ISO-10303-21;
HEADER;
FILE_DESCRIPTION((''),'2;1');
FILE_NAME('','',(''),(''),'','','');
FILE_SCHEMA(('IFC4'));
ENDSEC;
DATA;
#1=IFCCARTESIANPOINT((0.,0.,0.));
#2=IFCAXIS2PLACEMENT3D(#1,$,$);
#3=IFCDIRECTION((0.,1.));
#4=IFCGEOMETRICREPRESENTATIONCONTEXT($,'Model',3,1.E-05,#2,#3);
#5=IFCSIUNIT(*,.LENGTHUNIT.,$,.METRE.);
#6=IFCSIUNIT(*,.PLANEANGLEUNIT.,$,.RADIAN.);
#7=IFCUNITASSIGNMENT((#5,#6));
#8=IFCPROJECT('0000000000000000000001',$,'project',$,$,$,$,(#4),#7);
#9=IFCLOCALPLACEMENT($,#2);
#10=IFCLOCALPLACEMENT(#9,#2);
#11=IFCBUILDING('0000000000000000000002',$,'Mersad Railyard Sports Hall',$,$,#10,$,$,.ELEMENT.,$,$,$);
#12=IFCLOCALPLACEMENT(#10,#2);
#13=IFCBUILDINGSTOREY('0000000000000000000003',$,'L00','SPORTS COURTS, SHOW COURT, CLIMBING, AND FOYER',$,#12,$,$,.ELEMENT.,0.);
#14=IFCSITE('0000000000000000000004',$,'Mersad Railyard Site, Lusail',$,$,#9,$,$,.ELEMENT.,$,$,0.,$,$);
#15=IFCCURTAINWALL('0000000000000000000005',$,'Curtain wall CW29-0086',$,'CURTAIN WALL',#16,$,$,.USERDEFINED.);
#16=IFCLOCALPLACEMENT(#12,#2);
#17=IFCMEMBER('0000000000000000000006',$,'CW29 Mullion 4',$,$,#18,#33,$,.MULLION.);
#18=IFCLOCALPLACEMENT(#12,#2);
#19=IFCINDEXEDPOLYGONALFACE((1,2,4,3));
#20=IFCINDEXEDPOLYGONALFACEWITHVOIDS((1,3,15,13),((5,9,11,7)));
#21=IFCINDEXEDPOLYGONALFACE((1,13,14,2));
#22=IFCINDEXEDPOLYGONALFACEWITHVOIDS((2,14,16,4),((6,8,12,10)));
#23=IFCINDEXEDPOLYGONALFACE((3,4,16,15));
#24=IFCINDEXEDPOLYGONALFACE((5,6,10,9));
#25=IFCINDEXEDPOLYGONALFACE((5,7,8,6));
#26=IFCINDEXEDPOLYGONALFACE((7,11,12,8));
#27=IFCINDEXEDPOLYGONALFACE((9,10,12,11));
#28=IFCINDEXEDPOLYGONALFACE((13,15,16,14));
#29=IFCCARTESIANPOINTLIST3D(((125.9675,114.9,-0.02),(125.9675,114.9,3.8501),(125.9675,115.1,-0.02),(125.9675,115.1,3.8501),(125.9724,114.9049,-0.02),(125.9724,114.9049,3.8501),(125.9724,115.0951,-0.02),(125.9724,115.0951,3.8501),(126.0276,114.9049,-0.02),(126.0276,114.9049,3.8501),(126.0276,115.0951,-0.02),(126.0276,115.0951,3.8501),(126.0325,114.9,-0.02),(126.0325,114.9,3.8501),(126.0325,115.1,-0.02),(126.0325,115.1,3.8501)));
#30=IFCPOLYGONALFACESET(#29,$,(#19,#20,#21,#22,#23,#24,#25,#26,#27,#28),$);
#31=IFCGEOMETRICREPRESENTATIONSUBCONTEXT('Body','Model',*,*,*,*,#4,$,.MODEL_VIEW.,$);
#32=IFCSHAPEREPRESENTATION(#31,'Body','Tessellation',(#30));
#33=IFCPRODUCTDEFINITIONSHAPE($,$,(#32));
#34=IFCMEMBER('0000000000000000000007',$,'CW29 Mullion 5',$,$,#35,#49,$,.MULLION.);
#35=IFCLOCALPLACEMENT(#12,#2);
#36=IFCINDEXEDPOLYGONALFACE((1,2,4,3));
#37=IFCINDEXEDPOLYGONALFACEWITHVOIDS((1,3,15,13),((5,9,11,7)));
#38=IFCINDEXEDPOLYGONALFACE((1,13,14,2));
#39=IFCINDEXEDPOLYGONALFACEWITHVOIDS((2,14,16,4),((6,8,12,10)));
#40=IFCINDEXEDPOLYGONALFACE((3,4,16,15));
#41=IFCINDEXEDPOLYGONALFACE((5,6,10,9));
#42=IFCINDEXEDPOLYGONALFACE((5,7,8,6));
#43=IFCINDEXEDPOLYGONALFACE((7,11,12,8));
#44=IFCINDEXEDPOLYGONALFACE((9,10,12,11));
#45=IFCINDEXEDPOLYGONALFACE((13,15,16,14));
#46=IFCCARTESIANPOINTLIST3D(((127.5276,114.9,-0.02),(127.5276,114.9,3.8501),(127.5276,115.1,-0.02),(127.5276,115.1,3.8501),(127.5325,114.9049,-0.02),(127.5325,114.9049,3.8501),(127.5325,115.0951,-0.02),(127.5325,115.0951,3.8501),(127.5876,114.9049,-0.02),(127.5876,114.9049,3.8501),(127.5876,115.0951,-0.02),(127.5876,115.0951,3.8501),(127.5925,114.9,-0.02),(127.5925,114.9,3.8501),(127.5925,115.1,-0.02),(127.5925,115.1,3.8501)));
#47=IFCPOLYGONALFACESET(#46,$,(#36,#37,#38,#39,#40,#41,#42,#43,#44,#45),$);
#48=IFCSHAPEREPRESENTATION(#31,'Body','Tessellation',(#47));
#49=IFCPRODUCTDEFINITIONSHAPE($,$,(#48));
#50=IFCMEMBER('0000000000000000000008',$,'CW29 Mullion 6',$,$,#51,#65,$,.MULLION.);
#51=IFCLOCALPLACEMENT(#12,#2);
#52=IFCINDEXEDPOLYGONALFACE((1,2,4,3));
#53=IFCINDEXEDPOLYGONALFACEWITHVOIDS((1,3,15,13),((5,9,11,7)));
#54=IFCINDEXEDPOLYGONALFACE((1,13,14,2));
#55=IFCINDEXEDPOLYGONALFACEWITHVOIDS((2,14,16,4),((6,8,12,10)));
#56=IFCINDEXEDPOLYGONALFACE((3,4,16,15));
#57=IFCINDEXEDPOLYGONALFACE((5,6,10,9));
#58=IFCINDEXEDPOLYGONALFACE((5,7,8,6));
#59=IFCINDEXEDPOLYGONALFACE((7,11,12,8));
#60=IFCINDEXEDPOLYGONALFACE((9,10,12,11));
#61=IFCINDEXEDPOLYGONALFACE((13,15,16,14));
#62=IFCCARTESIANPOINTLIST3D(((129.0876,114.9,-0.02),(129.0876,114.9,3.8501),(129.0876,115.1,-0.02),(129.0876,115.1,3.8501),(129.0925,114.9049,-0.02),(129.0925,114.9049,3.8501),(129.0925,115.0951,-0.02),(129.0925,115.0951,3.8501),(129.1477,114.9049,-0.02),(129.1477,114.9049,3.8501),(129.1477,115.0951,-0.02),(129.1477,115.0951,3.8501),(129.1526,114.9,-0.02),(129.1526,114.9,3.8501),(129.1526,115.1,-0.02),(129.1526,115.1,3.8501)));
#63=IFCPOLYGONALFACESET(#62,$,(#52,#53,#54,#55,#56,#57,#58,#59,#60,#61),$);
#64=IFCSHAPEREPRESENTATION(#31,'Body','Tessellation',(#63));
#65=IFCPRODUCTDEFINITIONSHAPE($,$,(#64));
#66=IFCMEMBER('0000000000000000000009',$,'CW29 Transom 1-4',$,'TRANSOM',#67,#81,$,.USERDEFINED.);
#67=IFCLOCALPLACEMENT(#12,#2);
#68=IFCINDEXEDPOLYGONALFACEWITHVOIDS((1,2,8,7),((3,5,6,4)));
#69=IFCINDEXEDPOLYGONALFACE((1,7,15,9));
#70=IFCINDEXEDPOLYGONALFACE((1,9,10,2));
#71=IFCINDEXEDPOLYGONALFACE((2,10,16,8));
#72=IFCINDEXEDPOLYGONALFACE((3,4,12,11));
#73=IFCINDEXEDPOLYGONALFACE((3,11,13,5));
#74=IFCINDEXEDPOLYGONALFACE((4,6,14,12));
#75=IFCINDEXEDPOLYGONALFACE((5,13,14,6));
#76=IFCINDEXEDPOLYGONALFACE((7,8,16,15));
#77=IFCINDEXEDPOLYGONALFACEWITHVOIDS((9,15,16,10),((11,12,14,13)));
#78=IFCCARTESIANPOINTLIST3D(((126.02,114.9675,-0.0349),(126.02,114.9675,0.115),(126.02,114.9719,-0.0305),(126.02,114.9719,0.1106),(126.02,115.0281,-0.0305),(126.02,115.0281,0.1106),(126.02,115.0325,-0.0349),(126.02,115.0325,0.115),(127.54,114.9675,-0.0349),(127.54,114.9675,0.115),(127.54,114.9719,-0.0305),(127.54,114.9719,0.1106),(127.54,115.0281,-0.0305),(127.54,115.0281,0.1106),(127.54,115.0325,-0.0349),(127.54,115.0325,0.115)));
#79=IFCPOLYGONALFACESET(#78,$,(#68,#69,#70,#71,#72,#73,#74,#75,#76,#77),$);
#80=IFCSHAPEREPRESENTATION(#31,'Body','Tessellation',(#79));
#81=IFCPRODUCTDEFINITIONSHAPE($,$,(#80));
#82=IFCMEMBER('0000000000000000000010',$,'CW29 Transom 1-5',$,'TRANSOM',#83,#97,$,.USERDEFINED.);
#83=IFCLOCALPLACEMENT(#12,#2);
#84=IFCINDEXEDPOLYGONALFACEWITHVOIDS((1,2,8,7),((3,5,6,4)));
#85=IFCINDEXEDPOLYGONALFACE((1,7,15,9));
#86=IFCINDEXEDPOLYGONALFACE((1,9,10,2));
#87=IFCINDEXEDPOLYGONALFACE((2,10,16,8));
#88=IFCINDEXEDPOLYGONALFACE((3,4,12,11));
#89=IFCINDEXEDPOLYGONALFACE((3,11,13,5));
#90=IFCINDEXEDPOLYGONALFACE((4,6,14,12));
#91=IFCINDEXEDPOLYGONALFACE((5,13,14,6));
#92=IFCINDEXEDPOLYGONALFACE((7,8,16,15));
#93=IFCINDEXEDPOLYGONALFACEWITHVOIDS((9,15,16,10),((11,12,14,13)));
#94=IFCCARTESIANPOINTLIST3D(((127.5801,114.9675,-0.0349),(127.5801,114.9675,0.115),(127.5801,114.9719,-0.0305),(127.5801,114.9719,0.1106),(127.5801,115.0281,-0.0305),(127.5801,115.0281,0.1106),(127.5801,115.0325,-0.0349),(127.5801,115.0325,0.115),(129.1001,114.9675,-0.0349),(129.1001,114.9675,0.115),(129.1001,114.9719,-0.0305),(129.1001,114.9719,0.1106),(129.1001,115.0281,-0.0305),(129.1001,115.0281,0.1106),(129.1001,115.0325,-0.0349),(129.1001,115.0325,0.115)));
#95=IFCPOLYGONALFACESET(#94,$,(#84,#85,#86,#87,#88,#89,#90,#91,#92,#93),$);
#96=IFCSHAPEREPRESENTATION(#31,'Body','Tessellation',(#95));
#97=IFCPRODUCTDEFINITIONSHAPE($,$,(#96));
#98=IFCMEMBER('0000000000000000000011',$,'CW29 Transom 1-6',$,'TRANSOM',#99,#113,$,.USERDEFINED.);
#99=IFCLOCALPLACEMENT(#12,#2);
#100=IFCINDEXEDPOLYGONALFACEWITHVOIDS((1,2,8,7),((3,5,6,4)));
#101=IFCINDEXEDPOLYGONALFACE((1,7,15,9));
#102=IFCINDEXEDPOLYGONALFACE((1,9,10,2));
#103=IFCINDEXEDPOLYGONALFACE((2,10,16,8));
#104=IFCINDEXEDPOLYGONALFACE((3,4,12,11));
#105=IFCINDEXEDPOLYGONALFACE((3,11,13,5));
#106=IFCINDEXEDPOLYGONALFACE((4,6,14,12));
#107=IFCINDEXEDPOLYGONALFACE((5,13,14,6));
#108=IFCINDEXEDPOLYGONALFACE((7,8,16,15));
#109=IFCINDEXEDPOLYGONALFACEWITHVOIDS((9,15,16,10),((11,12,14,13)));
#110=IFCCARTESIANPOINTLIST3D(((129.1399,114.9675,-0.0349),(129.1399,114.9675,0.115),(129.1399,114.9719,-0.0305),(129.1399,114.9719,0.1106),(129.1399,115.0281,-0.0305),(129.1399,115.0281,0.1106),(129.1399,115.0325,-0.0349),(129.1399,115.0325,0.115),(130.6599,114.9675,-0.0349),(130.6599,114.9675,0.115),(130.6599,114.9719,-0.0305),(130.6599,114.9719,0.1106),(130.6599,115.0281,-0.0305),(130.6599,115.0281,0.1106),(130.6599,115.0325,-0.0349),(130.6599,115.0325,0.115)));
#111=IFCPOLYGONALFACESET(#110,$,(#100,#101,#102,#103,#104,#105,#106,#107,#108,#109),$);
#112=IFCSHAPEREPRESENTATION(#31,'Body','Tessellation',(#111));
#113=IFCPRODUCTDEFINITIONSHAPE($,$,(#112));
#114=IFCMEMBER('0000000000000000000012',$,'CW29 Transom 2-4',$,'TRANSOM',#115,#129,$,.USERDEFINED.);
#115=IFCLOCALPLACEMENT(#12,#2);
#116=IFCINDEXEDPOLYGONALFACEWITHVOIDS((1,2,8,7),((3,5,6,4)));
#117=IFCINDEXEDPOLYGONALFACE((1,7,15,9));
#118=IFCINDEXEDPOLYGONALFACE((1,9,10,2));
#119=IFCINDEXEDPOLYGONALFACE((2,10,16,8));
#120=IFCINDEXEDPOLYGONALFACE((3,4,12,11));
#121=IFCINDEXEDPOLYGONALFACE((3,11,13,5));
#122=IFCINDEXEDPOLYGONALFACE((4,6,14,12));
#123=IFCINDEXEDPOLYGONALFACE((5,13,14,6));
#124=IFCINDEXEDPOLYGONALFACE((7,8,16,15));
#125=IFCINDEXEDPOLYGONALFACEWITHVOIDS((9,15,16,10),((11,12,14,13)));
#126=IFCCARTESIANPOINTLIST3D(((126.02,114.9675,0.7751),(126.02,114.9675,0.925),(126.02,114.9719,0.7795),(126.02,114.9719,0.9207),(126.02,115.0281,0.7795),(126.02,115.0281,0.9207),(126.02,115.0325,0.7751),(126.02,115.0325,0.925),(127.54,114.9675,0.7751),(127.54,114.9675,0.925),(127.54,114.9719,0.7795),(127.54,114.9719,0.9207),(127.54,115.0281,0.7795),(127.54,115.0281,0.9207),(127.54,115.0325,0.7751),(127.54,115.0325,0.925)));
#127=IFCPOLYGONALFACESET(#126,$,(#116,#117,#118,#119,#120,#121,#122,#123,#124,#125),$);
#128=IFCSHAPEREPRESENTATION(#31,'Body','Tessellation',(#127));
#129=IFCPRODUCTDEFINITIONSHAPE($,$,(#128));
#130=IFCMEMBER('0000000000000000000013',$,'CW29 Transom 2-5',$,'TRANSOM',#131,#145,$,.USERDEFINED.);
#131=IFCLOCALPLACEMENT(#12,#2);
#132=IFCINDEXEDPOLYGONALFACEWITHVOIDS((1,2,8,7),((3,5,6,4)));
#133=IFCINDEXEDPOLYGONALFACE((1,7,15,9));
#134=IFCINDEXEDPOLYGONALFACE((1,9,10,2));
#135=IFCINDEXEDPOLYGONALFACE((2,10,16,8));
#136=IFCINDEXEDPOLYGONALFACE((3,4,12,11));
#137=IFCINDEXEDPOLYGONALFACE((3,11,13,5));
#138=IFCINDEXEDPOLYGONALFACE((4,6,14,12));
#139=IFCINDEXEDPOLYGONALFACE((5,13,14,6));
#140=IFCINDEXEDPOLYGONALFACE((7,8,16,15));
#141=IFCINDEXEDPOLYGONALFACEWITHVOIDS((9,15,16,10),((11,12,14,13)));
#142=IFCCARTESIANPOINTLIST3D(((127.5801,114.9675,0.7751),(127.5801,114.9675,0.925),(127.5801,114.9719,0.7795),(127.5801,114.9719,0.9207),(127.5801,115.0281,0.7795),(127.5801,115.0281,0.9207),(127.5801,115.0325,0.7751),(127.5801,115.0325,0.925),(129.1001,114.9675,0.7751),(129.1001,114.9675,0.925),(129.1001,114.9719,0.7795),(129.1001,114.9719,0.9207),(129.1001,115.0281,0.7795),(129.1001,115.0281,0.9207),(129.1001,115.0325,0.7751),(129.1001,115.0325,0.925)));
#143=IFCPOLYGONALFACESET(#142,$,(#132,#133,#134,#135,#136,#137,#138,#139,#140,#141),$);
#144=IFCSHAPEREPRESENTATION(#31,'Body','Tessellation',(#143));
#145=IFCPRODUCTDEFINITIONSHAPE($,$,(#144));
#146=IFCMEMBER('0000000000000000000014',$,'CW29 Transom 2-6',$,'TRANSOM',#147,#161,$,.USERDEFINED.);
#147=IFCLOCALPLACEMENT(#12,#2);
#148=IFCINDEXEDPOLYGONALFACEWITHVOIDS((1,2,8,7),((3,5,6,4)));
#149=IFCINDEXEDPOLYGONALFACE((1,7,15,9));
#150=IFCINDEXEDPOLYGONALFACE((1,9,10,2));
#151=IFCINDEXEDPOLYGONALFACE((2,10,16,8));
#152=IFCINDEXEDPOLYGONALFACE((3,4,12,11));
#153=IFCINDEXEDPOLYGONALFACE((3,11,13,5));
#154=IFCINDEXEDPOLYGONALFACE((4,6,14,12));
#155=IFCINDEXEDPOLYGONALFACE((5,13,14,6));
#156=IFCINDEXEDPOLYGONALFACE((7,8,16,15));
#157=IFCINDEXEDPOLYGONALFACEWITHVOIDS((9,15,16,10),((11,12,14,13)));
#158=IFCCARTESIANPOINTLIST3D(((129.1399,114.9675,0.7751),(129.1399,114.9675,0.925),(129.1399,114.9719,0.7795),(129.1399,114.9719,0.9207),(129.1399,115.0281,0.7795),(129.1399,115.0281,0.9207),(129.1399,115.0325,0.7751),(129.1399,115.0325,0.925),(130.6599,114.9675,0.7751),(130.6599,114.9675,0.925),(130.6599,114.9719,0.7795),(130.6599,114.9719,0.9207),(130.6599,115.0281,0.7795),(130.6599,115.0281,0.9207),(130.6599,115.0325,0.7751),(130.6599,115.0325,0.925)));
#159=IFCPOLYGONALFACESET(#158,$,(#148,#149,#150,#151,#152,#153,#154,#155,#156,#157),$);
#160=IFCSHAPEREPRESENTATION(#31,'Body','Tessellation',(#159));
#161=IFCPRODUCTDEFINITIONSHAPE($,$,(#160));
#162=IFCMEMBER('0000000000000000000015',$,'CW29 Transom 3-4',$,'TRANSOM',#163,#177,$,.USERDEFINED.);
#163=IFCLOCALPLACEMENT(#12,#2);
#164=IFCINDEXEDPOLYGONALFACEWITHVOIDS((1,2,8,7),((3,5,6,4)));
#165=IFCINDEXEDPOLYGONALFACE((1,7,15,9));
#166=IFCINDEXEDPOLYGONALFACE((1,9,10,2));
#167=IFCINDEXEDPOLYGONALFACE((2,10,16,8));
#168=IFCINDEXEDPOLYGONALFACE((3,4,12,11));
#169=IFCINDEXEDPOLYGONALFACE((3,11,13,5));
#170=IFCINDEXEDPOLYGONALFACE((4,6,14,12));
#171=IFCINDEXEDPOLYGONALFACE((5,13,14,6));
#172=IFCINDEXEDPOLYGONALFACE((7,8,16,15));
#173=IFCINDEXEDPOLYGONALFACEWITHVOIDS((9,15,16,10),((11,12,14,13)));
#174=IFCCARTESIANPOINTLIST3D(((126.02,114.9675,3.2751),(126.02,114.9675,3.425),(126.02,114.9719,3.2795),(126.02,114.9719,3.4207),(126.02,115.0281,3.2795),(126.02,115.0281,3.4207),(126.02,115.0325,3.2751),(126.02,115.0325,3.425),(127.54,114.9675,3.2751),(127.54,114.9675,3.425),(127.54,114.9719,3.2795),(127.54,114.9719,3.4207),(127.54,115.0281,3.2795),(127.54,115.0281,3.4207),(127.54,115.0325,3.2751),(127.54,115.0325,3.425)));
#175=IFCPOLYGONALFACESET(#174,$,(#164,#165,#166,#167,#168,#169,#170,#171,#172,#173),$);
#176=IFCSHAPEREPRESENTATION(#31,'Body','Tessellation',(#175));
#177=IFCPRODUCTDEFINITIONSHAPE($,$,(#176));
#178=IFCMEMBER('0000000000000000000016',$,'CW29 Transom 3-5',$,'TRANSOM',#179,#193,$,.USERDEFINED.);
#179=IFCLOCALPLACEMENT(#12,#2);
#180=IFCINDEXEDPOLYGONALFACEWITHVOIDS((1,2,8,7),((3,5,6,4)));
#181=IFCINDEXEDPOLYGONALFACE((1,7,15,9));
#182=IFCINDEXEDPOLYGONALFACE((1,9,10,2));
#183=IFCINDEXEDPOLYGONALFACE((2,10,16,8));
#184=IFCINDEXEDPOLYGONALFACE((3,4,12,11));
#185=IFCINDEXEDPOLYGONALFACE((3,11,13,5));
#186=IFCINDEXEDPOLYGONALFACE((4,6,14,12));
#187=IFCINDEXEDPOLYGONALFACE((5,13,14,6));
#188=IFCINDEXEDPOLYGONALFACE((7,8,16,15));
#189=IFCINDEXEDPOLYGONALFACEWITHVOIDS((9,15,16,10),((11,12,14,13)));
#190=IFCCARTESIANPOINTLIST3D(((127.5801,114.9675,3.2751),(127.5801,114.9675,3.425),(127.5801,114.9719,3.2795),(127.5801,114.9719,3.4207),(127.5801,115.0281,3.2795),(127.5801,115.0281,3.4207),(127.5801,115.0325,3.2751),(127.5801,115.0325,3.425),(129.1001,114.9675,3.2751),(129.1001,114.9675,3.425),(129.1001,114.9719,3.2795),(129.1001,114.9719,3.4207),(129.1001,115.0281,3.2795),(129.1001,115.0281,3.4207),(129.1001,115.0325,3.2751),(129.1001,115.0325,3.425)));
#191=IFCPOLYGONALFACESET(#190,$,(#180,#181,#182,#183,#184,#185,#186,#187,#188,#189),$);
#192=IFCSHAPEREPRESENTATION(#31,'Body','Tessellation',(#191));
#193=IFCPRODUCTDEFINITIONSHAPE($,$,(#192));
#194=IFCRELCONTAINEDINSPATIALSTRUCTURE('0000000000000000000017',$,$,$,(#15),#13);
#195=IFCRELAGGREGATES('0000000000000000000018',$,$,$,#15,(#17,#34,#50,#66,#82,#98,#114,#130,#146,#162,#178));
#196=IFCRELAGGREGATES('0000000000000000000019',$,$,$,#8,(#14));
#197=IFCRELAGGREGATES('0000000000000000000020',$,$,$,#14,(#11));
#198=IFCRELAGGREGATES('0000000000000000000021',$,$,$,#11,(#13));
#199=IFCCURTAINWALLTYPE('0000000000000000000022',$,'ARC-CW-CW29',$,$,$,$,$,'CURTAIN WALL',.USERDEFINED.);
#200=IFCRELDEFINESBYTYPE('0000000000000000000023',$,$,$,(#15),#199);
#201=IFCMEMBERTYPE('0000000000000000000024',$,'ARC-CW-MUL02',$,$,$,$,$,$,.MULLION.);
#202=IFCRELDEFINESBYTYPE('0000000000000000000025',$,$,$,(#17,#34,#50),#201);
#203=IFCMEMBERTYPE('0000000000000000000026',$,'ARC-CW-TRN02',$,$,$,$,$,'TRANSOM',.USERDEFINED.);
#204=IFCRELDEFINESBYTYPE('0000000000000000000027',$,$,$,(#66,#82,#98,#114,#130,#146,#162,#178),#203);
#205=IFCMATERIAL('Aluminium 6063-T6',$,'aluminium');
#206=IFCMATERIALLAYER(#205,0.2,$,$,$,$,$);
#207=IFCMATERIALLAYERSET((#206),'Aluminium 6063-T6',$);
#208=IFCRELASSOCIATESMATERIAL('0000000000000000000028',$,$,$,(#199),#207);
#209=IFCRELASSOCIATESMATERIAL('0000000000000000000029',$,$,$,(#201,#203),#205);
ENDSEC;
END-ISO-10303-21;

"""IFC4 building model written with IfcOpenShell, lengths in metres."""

from ifc_helpers import new_model, si_unit, direction, frame, origin, origin_2d, place, context, subcontext, project, spatial, hollow_rectangle, extrude, material, layer, layer_set, material_profile, profile_set, type_object, element, aggregate, save


model = new_model("IFC4")

# Units and contexts
model_context = context("Model", 3, precision=1e-05, world=origin(), true_north=direction((0.0, 1.0)))
body_context = subcontext(model_context, "Body", "Model", "MODEL_VIEW")
ifc_project = project(units=[si_unit("LENGTHUNIT", "METRE"), si_unit("PLANEANGLEUNIT", "RADIAN")], contexts=[model_context])

# Site, building, storey
site_placement = place(None, origin())
site = spatial("IfcSite", under=ifc_project, at=site_placement, Name="Mersad Railyard Site, Lusail", CompositionType="ELEMENT", RefElevation=0.0)
building_placement = place(site_placement, origin())
building = spatial("IfcBuilding", under=site, at=building_placement, Name="Mersad Railyard Sports Hall", CompositionType="ELEMENT")
storey_placement = place(building_placement, origin())
storey = spatial("IfcBuildingStorey", under=building, at=storey_placement, Name="L00", Description="SPORTS COURTS, SHOW COURT, CLIMBING, AND FOYER", CompositionType="ELEMENT", Elevation=0.0)

# Curtain wall, members
ifc_material_1 = material(Name="Aluminium 6063-T6", Category="aluminium")
ifc_layer_1 = layer(ifc_material_1, 0.2)
ifc_layer_set_1 = layer_set([ifc_layer_1], Name="Aluminium 6063-T6")
curtain_wall_type = type_object("IfcCurtainWallType", Name="ARC-CW-CW29", ElementType="CURTAIN WALL", PredefinedType="USERDEFINED", material=ifc_layer_set_1)
curtain_wall_placement = place(storey_placement, origin())
curtain_wall = element("IfcCurtainWall", 1, at=curtain_wall_placement, inside=storey, type_object=curtain_wall_type, Name="Curtain wall CW29-0086", ObjectType="CURTAIN WALL", PredefinedType="USERDEFINED")
ifc_material_profile_1 = material_profile(ifc_material_1, hollow_rectangle(XDim=0.0649, YDim=0.2, WallThickness=0.0049, at=origin_2d()), Name="AL MULLION 65x200x5")
ifc_profile_set_1 = profile_set([ifc_material_profile_1], Name="Aluminium 6063-T6")
member_type_1 = type_object("IfcMemberType", Name="ARC-CW-MUL02", PredefinedType="MULLION", material=ifc_profile_set_1)
member_1_placement = place(storey_placement, frame((126.0, 115.0, -0.02), z_axis=(0.0, 0.0, 1.0), x_axis=(1.0, 0.0, 0.0)))
member_1 = element("IfcMember", 2, at=member_1_placement, type_object=member_type_1, Name="CW29 Mullion 4", PredefinedType="MULLION", context=body_context, shape_type="SweptSolid", body=[
    extrude(hollow_rectangle(XDim=0.0649, YDim=0.2, WallThickness=0.0049, at=origin_2d()), origin(), (0.0, 0.0, 1.0), 3.8701),
])
member_2_placement = place(storey_placement, frame((127.5601, 115.0, -0.02), z_axis=(0.0, 0.0, 1.0), x_axis=(1.0, 0.0, 0.0)))
member_2 = element("IfcMember", 3, at=member_2_placement, type_object=member_type_1, Name="CW29 Mullion 5", PredefinedType="MULLION", context=body_context, shape_type="SweptSolid", body=[
    extrude(hollow_rectangle(XDim=0.0649, YDim=0.2, WallThickness=0.0049, at=origin_2d()), origin(), (0.0, 0.0, 1.0), 3.8701),
])
member_3_placement = place(storey_placement, frame((129.1201, 115.0, -0.02), z_axis=(0.0, 0.0, 1.0), x_axis=(1.0, 0.0, 0.0)))
member_3 = element("IfcMember", 4, at=member_3_placement, type_object=member_type_1, Name="CW29 Mullion 6", PredefinedType="MULLION", context=body_context, shape_type="SweptSolid", body=[
    extrude(hollow_rectangle(XDim=0.0649, YDim=0.2, WallThickness=0.0049, at=origin_2d()), origin(), (0.0, 0.0, 1.0), 3.8701),
])
ifc_material_profile_2 = material_profile(ifc_material_1, hollow_rectangle(XDim=0.0649, YDim=0.1499, WallThickness=0.0044, at=origin_2d()), Name="AL TRANSOM 65x150x4.5")
ifc_profile_set_2 = profile_set([ifc_material_profile_2], Name="Aluminium 6063-T6")
member_type_2 = type_object("IfcMemberType", Name="ARC-CW-TRN02", ElementType="TRANSOM", PredefinedType="USERDEFINED", material=ifc_profile_set_2)
member_4_placement = place(storey_placement, frame((126.02, 115.0, 0.04), z_axis=(1.0, 0.0, 0.0), x_axis=(0.0, 1.0, 0.0)))
member_4 = element("IfcMember", 5, at=member_4_placement, type_object=member_type_2, Name="CW29 Transom 1-4", ObjectType="TRANSOM", PredefinedType="USERDEFINED", context=body_context, shape_type="SweptSolid", body=[
    extrude(hollow_rectangle(XDim=0.0649, YDim=0.1499, WallThickness=0.0044, at=origin_2d()), origin(), (0.0, 0.0, 1.0), 1.52),
])
member_5_placement = place(storey_placement, frame((127.5801, 115.0, 0.04), z_axis=(1.0, 0.0, 0.0), x_axis=(0.0, 1.0, 0.0)))
member_5 = element("IfcMember", 6, at=member_5_placement, type_object=member_type_2, Name="CW29 Transom 1-5", ObjectType="TRANSOM", PredefinedType="USERDEFINED", context=body_context, shape_type="SweptSolid", body=[
    extrude(hollow_rectangle(XDim=0.0649, YDim=0.1499, WallThickness=0.0044, at=origin_2d()), origin(), (0.0, 0.0, 1.0), 1.52),
])
member_6_placement = place(storey_placement, frame((129.1399, 115.0, 0.04), z_axis=(1.0, 0.0, 0.0), x_axis=(0.0, 1.0, 0.0)))
member_6 = element("IfcMember", 7, at=member_6_placement, type_object=member_type_2, Name="CW29 Transom 1-6", ObjectType="TRANSOM", PredefinedType="USERDEFINED", context=body_context, shape_type="SweptSolid", body=[
    extrude(hollow_rectangle(XDim=0.0649, YDim=0.1499, WallThickness=0.0044, at=origin_2d()), origin(), (0.0, 0.0, 1.0), 1.52),
])
member_7_placement = place(storey_placement, frame((126.02, 115.0, 0.8501), z_axis=(1.0, 0.0, 0.0), x_axis=(0.0, 1.0, 0.0)))
member_7 = element("IfcMember", 8, at=member_7_placement, type_object=member_type_2, Name="CW29 Transom 2-4", ObjectType="TRANSOM", PredefinedType="USERDEFINED", context=body_context, shape_type="SweptSolid", body=[
    extrude(hollow_rectangle(XDim=0.0649, YDim=0.1499, WallThickness=0.0044, at=origin_2d()), origin(), (0.0, 0.0, 1.0), 1.52),
])
member_8_placement = place(storey_placement, frame((127.5801, 115.0, 0.8501), z_axis=(1.0, 0.0, 0.0), x_axis=(0.0, 1.0, 0.0)))
member_8 = element("IfcMember", 9, at=member_8_placement, type_object=member_type_2, Name="CW29 Transom 2-5", ObjectType="TRANSOM", PredefinedType="USERDEFINED", context=body_context, shape_type="SweptSolid", body=[
    extrude(hollow_rectangle(XDim=0.0649, YDim=0.1499, WallThickness=0.0044, at=origin_2d()), origin(), (0.0, 0.0, 1.0), 1.52),
])
member_9_placement = place(storey_placement, frame((129.1399, 115.0, 0.8501), z_axis=(1.0, 0.0, 0.0), x_axis=(0.0, 1.0, 0.0)))
member_9 = element("IfcMember", 10, at=member_9_placement, type_object=member_type_2, Name="CW29 Transom 2-6", ObjectType="TRANSOM", PredefinedType="USERDEFINED", context=body_context, shape_type="SweptSolid", body=[
    extrude(hollow_rectangle(XDim=0.0649, YDim=0.1499, WallThickness=0.0044, at=origin_2d()), origin(), (0.0, 0.0, 1.0), 1.52),
])
member_10_placement = place(storey_placement, frame((126.02, 115.0, 3.3501), z_axis=(1.0, 0.0, 0.0), x_axis=(0.0, 1.0, 0.0)))
member_10 = element("IfcMember", 11, at=member_10_placement, type_object=member_type_2, Name="CW29 Transom 3-4", ObjectType="TRANSOM", PredefinedType="USERDEFINED", context=body_context, shape_type="SweptSolid", body=[
    extrude(hollow_rectangle(XDim=0.0649, YDim=0.1499, WallThickness=0.0044, at=origin_2d()), origin(), (0.0, 0.0, 1.0), 1.52),
])
member_11_placement = place(storey_placement, frame((127.5801, 115.0, 3.3501), z_axis=(1.0, 0.0, 0.0), x_axis=(0.0, 1.0, 0.0)))
member_11 = element("IfcMember", 12, at=member_11_placement, type_object=member_type_2, Name="CW29 Transom 3-5", ObjectType="TRANSOM", PredefinedType="USERDEFINED", context=body_context, shape_type="SweptSolid", body=[
    extrude(hollow_rectangle(XDim=0.0649, YDim=0.1499, WallThickness=0.0044, at=origin_2d()), origin(), (0.0, 0.0, 1.0), 1.52),
])
aggregate(curtain_wall, [member_1, member_2, member_3, member_4, member_5, member_6, member_7, member_8, member_9, member_10, member_11])

save(model, "model.ifc")
